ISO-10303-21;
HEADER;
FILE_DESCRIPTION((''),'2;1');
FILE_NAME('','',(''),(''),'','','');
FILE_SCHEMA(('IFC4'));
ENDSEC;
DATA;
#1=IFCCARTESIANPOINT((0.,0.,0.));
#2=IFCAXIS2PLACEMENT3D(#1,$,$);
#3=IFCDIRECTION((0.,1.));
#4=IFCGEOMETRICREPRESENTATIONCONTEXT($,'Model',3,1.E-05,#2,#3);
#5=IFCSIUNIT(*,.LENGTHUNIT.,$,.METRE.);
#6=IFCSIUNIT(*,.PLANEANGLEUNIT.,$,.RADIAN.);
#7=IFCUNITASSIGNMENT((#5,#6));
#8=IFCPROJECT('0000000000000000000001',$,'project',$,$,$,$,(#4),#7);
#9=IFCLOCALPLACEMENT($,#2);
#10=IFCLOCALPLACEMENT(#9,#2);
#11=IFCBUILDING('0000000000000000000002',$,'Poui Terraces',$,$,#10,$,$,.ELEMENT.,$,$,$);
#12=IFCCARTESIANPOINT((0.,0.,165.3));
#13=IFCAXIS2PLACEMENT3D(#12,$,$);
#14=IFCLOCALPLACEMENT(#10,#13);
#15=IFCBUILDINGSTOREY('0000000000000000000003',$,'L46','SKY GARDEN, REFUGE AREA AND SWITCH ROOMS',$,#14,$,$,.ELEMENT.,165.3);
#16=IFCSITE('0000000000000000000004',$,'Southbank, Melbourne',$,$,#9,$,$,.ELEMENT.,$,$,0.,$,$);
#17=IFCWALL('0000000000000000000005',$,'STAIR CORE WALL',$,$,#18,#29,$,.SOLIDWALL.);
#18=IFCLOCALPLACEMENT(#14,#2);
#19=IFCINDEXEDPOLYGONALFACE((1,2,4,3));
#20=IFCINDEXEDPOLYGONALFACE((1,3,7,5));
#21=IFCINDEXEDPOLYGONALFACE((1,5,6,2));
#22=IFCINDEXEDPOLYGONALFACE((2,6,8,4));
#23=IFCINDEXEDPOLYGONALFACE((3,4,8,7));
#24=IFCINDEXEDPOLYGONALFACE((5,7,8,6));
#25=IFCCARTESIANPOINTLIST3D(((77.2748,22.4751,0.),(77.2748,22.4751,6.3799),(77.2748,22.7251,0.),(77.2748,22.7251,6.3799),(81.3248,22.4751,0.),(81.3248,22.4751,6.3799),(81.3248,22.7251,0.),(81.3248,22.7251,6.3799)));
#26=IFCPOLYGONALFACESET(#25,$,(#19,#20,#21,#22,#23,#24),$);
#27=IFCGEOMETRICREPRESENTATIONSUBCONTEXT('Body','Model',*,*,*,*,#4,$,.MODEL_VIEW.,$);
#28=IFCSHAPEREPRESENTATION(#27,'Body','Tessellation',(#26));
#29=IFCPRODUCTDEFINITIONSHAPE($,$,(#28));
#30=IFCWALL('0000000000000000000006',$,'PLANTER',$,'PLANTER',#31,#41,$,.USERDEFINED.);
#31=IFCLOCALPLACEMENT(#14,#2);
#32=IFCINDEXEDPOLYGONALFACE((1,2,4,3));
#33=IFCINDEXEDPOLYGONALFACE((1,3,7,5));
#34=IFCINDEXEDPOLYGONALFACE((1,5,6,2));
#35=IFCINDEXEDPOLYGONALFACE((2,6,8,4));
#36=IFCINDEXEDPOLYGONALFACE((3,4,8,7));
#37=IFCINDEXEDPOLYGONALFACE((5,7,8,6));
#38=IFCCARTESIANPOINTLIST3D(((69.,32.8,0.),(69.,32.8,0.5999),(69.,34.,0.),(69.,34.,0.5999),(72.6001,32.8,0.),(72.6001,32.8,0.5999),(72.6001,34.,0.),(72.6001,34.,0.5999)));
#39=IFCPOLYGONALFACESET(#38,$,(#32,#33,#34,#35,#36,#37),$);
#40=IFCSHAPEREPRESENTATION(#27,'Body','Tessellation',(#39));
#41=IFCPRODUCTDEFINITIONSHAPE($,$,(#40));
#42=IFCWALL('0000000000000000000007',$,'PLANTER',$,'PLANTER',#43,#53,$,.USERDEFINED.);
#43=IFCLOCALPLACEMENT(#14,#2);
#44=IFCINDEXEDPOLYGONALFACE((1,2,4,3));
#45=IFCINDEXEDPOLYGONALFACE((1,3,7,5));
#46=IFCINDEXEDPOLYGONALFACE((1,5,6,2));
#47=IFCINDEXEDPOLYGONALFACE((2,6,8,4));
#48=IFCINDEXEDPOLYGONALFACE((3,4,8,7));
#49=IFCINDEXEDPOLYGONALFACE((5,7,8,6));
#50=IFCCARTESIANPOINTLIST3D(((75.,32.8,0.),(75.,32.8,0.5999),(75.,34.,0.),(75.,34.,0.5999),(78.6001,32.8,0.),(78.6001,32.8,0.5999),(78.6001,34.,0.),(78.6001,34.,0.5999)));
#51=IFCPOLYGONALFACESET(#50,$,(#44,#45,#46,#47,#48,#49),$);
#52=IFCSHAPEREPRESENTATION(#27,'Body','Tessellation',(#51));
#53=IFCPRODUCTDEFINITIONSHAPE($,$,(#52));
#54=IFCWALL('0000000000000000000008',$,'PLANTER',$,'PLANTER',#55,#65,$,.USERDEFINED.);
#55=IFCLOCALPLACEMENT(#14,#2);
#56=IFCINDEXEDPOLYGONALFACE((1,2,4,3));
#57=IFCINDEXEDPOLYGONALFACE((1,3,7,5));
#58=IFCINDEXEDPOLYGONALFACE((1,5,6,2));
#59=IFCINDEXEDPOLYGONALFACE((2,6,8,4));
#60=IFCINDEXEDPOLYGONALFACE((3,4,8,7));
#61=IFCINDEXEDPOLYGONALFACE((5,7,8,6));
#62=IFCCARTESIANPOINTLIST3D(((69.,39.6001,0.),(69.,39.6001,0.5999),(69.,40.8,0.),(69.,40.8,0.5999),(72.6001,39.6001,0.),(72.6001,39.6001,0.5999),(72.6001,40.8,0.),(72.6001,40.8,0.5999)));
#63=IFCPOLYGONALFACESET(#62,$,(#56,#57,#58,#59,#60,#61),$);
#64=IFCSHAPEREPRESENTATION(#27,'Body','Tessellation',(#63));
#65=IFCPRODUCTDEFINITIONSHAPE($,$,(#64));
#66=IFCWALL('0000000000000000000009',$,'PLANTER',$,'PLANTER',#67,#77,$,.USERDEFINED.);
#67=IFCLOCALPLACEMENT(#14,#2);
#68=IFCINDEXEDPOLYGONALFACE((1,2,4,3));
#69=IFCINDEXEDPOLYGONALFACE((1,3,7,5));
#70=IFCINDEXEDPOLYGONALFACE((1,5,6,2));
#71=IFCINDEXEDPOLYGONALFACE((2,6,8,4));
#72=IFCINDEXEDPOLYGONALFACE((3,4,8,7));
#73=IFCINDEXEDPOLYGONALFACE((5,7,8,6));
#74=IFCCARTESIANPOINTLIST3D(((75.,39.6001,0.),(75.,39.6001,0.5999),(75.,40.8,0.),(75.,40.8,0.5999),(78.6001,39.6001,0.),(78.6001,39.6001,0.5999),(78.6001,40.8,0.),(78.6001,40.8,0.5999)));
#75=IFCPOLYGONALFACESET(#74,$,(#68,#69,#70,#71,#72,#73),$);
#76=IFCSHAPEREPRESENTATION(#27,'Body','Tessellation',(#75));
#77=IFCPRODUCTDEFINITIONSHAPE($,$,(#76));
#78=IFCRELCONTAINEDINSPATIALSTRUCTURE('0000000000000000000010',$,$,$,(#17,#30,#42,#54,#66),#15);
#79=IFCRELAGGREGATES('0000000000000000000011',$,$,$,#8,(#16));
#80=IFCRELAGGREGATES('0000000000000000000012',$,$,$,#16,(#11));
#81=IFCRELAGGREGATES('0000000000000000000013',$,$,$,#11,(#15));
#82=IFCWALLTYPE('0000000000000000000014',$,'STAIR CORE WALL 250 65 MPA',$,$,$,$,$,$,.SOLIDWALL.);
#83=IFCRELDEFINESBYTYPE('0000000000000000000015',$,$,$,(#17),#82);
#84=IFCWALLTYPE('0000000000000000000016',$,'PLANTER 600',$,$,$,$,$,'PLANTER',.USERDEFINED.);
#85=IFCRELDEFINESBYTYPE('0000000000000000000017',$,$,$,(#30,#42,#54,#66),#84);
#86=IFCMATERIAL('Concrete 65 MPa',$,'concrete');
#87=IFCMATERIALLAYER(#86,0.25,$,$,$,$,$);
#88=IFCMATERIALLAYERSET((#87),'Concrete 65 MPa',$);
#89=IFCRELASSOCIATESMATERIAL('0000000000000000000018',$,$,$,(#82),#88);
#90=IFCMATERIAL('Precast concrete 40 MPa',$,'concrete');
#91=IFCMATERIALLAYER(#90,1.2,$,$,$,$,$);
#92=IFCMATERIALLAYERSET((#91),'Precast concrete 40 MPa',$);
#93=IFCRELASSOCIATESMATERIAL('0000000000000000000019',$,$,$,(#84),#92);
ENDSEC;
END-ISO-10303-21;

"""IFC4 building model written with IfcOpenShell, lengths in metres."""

from ifc_helpers import new_model, si_unit, direction, frame, frame_2d, origin, place, context, subcontext, project, spatial, polyline, rectangle, outline, extrude, source, transform, mapped, material, layer, layer_set, type_object, element, save


model = new_model("IFC4")

# Units and contexts
model_context = context("Model", 3, precision=1e-05, world=origin(), true_north=direction((0.0, 1.0)))
body_context = subcontext(model_context, "Body", "Model", "MODEL_VIEW")
ifc_project = project(units=[si_unit("LENGTHUNIT", "METRE"), si_unit("PLANEANGLEUNIT", "RADIAN")], contexts=[model_context])

# Site, building, storey
site_placement = place(None, origin())
site = spatial("IfcSite", under=ifc_project, at=site_placement, Name="Southbank, Melbourne", CompositionType="ELEMENT", RefElevation=0.0)
building_placement = place(site_placement, origin())
building = spatial("IfcBuilding", under=site, at=building_placement, Name="Poui Terraces", CompositionType="ELEMENT")
storey_placement = place(building_placement, frame((0.0, 0.0, 165.3)))
storey = spatial("IfcBuildingStorey", under=building, at=storey_placement, Name="L46", Description="SKY GARDEN, REFUGE AREA AND SWITCH ROOMS", CompositionType="ELEMENT", Elevation=165.3)

# Shared definitions
ifc_material_1 = material(Name="Concrete 65 MPa", Category="concrete")

# Walls
ifc_layer_1 = layer(ifc_material_1, 0.25)
ifc_layer_set_1 = layer_set([ifc_layer_1], Name="Concrete 65 MPa")
wall_type_1 = type_object("IfcWallType", Name="STAIR CORE WALL 250 65 MPA", PredefinedType="SOLIDWALL", material=ifc_layer_set_1)
wall_1_placement = place(storey_placement, frame((77.2749, 22.6001, 0.0), z_axis=(0.0, 0.0, 1.0), x_axis=(1.0, 0.0, 0.0)))
element("IfcWall", 1, at=wall_1_placement, inside=storey, type_object=wall_type_1, Name="STAIR CORE WALL", PredefinedType="SOLIDWALL", context=body_context, shape_type="SweptSolid", body=[
    extrude(rectangle(XDim=4.05, YDim=0.25, at=frame_2d((2.0249, 0.0))), origin(), (0.0, 0.0, 1.0), 6.3799),
])
ifc_material_2 = material(Name="Precast concrete 40 MPa", Category="concrete")
ifc_layer_2 = layer(ifc_material_2, 1.2)
ifc_layer_set_2 = layer_set([ifc_layer_2], Name="Precast concrete 40 MPa")
wall_type_2 = type_object("IfcWallType", Name="PLANTER 600", ElementType="PLANTER", PredefinedType="USERDEFINED", material=ifc_layer_set_2)
shared_shape_1 = source(origin(), body_context, "Body", "SweptSolid", [
    extrude(outline(polyline([(0.0, 0.0), (3.6001, 0.0), (3.6001, 1.2), (0.0, 1.2), (0.0, 0.0)])), origin(), (0.0, 0.0, 1.0), 0.5999),
])
for number, where, name in (
    (2, (69.0, 32.8, 0.0), "PLANTER"),
    (3, (75.0, 32.8, 0.0), "PLANTER"),
    (4, (69.0, 39.6001, 0.0), "PLANTER"),
    (5, (75.0, 39.6001, 0.0), "PLANTER"),
):
    element("IfcWall", number, at=place(storey_placement, frame(where)), inside=storey, type_object=wall_type_2, Name=name, ObjectType="PLANTER", PredefinedType="USERDEFINED", context=body_context, shape_type="MappedRepresentation", body=[
        mapped(shared_shape_1, transform((0.0, 0.0, 0.0))),
    ])

save(model, "model.ifc")
